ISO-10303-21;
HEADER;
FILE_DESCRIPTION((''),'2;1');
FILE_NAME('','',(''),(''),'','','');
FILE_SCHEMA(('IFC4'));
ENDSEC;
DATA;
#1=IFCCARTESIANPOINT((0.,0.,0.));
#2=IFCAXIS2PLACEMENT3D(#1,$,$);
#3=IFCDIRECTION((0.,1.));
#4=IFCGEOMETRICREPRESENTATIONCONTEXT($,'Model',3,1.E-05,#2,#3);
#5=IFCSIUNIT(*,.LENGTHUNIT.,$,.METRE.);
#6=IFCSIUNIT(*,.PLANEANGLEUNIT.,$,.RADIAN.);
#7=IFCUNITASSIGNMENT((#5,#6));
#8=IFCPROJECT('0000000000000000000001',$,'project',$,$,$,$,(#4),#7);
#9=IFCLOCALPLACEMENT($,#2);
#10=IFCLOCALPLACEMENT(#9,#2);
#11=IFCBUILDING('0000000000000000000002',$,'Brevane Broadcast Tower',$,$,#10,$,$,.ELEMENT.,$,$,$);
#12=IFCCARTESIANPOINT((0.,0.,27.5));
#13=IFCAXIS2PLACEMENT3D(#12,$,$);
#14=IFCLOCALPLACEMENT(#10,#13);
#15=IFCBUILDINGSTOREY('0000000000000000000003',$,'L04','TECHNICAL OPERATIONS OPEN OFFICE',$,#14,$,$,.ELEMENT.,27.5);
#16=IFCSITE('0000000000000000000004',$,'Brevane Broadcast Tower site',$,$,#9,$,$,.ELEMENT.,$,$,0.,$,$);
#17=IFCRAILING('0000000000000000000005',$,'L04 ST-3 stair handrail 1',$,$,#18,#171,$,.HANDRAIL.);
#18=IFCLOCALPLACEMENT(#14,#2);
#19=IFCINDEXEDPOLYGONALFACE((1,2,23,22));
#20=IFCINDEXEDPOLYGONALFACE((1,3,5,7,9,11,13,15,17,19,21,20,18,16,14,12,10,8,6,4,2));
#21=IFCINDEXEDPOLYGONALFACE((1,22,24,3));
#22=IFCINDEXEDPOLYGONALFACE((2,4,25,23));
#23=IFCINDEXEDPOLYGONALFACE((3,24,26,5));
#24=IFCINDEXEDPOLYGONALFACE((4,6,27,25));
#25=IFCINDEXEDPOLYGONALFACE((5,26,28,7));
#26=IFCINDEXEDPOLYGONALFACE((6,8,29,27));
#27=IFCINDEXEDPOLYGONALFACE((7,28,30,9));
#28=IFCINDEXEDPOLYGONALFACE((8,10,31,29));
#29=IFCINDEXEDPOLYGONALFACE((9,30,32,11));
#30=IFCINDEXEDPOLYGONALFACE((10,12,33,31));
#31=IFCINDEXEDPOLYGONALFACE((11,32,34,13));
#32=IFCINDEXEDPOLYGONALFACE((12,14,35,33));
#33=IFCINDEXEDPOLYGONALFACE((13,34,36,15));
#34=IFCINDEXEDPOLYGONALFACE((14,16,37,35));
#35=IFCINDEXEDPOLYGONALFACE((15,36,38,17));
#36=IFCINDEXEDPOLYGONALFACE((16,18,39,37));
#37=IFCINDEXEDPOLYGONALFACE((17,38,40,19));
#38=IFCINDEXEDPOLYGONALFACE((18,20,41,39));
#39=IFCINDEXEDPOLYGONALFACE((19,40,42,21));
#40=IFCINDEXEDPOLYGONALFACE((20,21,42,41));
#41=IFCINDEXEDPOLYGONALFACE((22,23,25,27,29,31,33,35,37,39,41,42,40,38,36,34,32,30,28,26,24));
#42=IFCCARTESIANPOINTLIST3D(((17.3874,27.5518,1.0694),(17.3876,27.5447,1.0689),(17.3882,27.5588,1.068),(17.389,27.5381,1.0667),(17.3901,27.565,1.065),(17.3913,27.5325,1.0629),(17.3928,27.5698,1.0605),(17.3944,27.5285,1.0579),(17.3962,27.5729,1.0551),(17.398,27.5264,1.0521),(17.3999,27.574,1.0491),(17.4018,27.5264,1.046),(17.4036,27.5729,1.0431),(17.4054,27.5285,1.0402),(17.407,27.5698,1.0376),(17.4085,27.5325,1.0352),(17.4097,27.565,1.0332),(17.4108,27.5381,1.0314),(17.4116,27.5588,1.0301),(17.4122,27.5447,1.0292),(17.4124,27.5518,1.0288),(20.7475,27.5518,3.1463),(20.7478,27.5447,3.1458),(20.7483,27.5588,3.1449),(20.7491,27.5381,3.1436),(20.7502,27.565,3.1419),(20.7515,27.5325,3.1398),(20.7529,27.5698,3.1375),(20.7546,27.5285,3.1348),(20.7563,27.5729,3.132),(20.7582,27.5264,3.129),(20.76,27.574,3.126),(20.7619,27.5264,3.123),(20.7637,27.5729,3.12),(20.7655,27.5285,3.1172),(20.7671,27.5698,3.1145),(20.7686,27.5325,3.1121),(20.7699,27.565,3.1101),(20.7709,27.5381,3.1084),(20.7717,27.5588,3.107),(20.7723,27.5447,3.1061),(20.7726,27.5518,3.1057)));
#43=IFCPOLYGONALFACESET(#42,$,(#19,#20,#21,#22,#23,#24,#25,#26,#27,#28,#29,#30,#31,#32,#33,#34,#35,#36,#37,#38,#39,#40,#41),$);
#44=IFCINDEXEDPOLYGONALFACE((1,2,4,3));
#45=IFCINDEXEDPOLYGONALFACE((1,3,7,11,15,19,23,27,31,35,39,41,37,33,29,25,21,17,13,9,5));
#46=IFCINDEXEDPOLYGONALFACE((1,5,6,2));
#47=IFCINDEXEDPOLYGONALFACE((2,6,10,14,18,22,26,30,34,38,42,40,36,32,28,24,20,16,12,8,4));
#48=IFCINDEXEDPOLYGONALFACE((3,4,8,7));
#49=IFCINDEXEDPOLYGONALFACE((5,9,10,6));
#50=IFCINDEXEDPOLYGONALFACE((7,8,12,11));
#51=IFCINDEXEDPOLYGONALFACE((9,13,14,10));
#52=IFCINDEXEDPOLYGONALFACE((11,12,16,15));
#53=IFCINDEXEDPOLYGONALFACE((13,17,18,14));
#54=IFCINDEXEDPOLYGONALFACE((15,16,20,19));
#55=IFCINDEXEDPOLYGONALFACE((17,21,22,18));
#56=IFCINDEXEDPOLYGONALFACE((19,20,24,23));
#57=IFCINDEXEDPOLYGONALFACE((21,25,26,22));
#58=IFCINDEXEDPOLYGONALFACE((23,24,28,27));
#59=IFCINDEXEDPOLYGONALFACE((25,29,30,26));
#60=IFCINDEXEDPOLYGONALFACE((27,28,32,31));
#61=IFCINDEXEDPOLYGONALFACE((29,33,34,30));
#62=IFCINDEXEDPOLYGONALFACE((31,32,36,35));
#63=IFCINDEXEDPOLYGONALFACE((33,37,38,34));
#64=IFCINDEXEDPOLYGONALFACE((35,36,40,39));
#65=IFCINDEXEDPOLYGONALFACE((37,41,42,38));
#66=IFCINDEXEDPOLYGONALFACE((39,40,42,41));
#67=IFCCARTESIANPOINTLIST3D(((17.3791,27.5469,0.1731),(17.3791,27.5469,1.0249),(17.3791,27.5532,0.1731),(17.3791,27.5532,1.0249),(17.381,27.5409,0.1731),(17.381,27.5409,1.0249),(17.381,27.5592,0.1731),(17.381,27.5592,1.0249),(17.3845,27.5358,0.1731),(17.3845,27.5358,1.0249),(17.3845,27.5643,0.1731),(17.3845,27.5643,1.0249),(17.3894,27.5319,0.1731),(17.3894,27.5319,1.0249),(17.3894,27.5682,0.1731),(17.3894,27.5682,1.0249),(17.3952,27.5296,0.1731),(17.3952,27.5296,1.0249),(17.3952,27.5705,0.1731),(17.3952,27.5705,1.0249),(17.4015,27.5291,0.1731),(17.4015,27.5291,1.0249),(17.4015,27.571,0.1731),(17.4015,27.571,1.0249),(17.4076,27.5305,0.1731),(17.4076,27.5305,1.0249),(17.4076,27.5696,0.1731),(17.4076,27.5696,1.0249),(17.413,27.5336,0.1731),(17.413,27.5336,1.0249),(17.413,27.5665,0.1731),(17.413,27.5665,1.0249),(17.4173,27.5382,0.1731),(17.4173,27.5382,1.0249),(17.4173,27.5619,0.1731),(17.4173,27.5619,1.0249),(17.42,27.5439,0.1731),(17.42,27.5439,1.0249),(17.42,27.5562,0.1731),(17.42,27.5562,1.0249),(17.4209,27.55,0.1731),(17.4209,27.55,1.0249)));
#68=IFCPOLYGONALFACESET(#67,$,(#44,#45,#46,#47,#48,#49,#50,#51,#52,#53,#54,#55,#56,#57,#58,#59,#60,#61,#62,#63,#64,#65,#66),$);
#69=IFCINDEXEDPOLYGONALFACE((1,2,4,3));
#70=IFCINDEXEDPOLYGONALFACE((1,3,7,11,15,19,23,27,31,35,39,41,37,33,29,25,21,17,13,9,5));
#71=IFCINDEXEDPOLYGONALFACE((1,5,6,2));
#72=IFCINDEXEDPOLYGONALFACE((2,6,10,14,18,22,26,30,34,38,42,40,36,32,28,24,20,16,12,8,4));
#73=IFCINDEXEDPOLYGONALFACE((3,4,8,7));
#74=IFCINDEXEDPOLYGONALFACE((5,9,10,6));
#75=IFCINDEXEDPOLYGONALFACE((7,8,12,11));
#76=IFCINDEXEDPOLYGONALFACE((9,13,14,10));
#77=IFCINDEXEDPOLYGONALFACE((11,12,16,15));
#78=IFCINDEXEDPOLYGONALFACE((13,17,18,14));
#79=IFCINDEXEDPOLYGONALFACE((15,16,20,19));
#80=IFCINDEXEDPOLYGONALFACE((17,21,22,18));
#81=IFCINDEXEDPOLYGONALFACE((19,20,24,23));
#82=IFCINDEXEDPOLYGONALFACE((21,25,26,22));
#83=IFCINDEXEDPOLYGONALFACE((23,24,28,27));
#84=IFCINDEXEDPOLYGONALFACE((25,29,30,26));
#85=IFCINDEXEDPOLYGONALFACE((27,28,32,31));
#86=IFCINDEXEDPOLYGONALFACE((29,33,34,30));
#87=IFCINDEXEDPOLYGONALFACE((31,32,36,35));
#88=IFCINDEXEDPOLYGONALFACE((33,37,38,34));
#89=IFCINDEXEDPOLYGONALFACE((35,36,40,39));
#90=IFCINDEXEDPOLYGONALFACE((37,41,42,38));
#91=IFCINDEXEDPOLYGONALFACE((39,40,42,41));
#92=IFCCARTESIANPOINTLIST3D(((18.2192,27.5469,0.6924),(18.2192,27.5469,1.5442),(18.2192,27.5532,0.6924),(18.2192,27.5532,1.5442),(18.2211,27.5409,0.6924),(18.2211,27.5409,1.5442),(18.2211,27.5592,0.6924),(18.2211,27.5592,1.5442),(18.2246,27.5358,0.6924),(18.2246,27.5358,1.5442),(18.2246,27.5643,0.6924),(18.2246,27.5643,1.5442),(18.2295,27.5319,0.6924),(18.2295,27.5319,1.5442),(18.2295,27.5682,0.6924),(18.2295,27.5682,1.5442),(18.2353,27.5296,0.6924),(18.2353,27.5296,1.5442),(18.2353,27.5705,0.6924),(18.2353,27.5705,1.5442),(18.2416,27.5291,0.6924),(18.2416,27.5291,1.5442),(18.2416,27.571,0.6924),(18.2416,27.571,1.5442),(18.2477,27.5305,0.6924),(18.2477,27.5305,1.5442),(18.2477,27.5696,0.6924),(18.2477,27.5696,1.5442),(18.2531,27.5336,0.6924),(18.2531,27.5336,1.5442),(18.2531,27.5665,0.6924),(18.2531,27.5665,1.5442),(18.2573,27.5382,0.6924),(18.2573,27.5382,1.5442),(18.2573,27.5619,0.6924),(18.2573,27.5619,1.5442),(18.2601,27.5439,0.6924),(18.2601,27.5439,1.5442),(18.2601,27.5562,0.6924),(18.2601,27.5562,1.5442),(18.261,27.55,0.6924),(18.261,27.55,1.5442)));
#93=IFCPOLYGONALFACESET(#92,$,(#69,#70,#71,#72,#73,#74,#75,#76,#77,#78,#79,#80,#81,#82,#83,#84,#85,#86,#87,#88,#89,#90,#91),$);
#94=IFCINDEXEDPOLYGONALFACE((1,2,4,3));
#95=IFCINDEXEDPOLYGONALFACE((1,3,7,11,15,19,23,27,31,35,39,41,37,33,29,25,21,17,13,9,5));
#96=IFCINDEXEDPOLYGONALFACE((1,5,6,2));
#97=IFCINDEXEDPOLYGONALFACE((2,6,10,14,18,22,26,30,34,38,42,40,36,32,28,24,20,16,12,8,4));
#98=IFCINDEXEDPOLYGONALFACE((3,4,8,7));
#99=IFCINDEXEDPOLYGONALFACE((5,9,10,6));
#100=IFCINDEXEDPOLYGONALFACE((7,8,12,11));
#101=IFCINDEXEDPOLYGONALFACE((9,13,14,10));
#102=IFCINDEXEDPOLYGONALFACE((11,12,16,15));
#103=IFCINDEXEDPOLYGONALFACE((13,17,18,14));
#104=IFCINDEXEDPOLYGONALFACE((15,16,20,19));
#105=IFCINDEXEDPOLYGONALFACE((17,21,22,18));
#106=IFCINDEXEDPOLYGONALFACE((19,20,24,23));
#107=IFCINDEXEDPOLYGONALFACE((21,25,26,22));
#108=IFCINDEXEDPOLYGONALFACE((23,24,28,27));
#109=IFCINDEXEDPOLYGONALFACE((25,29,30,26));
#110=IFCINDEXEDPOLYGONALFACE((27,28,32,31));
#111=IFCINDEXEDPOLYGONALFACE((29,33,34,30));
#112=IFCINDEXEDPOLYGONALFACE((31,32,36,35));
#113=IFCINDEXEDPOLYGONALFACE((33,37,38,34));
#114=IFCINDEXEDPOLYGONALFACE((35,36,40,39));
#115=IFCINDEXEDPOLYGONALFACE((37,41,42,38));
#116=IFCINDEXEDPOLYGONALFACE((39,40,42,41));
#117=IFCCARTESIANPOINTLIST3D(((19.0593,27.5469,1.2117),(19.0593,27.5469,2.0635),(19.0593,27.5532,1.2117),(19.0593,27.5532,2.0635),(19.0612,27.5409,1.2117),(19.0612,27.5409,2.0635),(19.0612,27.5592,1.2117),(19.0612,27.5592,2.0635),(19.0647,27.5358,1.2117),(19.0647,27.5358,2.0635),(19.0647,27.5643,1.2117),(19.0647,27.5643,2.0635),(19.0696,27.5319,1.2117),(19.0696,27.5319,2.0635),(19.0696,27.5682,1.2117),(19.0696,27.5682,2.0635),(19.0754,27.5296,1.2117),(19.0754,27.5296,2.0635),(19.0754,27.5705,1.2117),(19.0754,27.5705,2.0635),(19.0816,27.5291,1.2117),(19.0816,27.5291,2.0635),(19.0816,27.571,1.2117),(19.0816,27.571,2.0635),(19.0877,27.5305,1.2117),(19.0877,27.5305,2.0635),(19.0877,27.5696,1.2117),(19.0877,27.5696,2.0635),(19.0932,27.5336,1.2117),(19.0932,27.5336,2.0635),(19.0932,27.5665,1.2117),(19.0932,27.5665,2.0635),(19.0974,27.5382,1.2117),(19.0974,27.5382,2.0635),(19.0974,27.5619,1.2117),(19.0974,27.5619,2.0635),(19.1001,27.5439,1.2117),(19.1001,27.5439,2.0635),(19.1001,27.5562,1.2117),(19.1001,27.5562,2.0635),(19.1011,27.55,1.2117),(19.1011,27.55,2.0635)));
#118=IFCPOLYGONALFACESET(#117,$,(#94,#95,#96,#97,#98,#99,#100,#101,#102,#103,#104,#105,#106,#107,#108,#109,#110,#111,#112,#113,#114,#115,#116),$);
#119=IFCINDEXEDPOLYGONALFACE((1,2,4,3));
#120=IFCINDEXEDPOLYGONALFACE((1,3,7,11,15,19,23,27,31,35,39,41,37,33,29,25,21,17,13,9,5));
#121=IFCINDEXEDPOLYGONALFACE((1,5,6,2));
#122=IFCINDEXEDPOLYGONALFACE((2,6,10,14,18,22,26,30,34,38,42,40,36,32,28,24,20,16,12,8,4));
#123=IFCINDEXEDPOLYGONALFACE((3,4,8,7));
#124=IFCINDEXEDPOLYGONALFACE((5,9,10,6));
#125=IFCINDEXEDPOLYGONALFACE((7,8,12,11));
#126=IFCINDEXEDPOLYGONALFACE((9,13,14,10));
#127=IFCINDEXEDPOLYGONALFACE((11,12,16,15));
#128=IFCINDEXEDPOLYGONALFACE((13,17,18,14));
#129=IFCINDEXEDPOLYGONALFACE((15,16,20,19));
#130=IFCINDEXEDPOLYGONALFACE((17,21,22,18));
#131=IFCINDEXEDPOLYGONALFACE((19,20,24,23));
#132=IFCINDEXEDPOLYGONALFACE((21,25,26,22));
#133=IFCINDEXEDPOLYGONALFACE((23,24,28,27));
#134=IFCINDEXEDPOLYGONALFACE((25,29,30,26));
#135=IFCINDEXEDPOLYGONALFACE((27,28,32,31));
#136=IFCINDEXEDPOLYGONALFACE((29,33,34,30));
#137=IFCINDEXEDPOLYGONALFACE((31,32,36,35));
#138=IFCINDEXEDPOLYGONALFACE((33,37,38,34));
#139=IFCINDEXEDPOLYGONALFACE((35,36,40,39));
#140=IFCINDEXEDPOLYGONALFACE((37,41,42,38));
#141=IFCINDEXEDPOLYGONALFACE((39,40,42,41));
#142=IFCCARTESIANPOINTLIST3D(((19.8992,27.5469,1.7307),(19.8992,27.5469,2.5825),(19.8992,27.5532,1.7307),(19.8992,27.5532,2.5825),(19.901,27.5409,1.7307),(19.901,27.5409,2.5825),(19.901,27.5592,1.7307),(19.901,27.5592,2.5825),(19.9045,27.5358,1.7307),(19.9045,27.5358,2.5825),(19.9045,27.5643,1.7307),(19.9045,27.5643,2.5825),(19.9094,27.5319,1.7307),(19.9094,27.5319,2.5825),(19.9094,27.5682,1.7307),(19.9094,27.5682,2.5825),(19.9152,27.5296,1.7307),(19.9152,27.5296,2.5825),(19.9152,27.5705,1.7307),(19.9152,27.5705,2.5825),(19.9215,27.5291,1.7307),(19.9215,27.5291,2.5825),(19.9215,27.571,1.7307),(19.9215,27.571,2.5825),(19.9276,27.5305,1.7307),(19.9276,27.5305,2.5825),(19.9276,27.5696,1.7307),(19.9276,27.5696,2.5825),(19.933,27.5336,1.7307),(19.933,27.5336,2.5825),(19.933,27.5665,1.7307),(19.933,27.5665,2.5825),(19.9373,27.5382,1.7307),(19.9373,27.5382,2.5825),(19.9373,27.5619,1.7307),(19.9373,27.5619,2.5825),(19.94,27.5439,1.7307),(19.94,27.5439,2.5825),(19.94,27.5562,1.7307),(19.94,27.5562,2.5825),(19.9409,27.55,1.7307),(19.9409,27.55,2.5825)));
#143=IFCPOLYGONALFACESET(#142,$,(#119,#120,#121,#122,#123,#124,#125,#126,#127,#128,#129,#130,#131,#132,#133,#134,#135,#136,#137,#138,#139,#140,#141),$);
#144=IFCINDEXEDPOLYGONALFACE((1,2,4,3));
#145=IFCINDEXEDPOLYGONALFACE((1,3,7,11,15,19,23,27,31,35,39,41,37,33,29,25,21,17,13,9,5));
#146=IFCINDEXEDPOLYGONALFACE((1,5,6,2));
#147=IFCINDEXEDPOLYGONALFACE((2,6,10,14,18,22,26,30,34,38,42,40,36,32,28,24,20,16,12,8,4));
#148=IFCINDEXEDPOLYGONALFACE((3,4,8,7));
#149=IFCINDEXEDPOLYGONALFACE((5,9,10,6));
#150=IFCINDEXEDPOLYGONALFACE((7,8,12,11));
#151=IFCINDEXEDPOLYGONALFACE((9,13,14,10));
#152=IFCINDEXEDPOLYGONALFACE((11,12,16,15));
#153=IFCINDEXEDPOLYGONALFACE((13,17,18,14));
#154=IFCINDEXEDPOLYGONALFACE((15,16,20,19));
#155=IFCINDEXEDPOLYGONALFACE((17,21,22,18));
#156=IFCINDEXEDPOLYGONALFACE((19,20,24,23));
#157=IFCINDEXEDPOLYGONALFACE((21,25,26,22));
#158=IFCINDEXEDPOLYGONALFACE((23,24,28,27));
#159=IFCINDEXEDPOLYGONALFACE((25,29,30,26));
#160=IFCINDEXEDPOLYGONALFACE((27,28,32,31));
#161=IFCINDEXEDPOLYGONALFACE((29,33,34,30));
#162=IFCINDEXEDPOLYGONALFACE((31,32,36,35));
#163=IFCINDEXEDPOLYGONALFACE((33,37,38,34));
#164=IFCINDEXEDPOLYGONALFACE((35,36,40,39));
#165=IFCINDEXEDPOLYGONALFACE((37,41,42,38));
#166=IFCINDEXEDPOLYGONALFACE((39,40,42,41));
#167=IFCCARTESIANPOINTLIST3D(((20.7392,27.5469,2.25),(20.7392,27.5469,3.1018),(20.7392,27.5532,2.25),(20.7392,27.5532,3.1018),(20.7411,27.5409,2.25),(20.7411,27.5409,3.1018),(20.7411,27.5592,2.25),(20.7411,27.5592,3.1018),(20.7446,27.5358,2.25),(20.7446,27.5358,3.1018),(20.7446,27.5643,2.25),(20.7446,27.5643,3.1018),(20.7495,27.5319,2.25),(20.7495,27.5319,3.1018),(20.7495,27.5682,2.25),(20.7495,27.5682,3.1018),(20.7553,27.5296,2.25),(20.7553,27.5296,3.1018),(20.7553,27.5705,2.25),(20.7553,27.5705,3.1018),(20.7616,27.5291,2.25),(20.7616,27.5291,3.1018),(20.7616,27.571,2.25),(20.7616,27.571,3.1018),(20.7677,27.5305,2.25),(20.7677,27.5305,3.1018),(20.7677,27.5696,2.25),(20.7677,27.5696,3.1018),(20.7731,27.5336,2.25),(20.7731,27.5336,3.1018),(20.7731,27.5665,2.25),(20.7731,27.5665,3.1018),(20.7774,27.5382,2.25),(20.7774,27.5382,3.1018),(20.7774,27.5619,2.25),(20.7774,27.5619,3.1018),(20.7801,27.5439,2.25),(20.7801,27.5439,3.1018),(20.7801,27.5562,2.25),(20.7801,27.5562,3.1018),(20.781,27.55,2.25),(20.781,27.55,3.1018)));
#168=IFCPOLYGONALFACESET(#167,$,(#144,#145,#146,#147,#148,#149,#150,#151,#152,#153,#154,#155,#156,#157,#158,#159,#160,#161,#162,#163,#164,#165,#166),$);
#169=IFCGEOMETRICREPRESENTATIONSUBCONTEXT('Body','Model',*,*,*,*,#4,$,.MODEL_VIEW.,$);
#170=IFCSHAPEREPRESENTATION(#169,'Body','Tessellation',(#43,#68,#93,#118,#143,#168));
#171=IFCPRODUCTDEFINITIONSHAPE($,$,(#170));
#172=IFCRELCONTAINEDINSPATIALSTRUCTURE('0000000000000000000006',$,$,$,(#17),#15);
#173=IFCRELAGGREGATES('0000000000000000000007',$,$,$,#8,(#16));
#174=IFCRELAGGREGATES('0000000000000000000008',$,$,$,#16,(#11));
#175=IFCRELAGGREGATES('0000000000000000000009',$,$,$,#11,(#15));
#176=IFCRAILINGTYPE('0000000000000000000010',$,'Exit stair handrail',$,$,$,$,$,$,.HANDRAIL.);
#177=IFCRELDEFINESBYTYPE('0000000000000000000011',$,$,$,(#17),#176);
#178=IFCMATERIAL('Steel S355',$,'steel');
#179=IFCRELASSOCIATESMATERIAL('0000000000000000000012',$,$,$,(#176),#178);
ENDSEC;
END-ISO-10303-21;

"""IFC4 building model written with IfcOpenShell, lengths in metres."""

from ifc_helpers import new_model, si_unit, direction, frame, origin, origin_2d, place, context, subcontext, project, spatial, circle, extrude, material, type_object, element, save


model = new_model("IFC4")

# Units and contexts
model_context = context("Model", 3, precision=1e-05, world=origin(), true_north=direction((0.0, 1.0)))
body_context = subcontext(model_context, "Body", "Model", "MODEL_VIEW")
ifc_project = project(units=[si_unit("LENGTHUNIT", "METRE"), si_unit("PLANEANGLEUNIT", "RADIAN")], contexts=[model_context])

# Site, building, storey
site_placement = place(None, origin())
site = spatial("IfcSite", under=ifc_project, at=site_placement, Name="Brevane Broadcast Tower site", CompositionType="ELEMENT", RefElevation=0.0)
building_placement = place(site_placement, origin())
building = spatial("IfcBuilding", under=site, at=building_placement, Name="Brevane Broadcast Tower", CompositionType="ELEMENT")
storey_placement = place(building_placement, frame((0.0, 0.0, 27.5)))
storey = spatial("IfcBuildingStorey", under=building, at=storey_placement, Name="L04", Description="TECHNICAL OPERATIONS OPEN OFFICE", CompositionType="ELEMENT", Elevation=27.5)

# Railing
ifc_material_1 = material(Name="Steel S355", Category="steel")
railing_type_1 = type_object("IfcRailingType", Name="Exit stair handrail", PredefinedType="HANDRAIL", material=ifc_material_1)
railing_1_placement = place(storey_placement, frame((17.3999, 27.55, 0.1731)))
element("IfcRailing", 1, at=railing_1_placement, inside=storey, type_object=railing_type_1, Name="L04 ST-3 stair handrail 1", PredefinedType="HANDRAIL", context=body_context, shape_type="SweptSolid", body=[
    extrude(circle(Radius=0.0239, at=origin_2d()), frame((0.0, 0.0, 0.876), z_axis=(0.850623, 0.0, 0.525776), x_axis=(0.0, 1.0, 0.0)), (0.0, 0.0, 1.0), 3.9502),
    extrude(circle(Radius=0.021, at=origin_2d()), origin(), (0.0, 0.0, 1.0), 0.8518),
    extrude(circle(Radius=0.021, at=origin_2d()), frame((0.8401, 0.0, 0.5193)), (0.0, 0.0, 1.0), 0.8518),
    extrude(circle(Radius=0.021, at=origin_2d()), frame((1.6802, 0.0, 1.0386)), (0.0, 0.0, 1.0), 0.8518),
    extrude(circle(Radius=0.021, at=origin_2d()), frame((2.52, 0.0, 1.5576)), (0.0, 0.0, 1.0), 0.8518),
    extrude(circle(Radius=0.021, at=origin_2d()), frame((3.3601, 0.0, 2.0769)), (0.0, 0.0, 1.0), 0.8518),
])

save(model, "model.ifc")
